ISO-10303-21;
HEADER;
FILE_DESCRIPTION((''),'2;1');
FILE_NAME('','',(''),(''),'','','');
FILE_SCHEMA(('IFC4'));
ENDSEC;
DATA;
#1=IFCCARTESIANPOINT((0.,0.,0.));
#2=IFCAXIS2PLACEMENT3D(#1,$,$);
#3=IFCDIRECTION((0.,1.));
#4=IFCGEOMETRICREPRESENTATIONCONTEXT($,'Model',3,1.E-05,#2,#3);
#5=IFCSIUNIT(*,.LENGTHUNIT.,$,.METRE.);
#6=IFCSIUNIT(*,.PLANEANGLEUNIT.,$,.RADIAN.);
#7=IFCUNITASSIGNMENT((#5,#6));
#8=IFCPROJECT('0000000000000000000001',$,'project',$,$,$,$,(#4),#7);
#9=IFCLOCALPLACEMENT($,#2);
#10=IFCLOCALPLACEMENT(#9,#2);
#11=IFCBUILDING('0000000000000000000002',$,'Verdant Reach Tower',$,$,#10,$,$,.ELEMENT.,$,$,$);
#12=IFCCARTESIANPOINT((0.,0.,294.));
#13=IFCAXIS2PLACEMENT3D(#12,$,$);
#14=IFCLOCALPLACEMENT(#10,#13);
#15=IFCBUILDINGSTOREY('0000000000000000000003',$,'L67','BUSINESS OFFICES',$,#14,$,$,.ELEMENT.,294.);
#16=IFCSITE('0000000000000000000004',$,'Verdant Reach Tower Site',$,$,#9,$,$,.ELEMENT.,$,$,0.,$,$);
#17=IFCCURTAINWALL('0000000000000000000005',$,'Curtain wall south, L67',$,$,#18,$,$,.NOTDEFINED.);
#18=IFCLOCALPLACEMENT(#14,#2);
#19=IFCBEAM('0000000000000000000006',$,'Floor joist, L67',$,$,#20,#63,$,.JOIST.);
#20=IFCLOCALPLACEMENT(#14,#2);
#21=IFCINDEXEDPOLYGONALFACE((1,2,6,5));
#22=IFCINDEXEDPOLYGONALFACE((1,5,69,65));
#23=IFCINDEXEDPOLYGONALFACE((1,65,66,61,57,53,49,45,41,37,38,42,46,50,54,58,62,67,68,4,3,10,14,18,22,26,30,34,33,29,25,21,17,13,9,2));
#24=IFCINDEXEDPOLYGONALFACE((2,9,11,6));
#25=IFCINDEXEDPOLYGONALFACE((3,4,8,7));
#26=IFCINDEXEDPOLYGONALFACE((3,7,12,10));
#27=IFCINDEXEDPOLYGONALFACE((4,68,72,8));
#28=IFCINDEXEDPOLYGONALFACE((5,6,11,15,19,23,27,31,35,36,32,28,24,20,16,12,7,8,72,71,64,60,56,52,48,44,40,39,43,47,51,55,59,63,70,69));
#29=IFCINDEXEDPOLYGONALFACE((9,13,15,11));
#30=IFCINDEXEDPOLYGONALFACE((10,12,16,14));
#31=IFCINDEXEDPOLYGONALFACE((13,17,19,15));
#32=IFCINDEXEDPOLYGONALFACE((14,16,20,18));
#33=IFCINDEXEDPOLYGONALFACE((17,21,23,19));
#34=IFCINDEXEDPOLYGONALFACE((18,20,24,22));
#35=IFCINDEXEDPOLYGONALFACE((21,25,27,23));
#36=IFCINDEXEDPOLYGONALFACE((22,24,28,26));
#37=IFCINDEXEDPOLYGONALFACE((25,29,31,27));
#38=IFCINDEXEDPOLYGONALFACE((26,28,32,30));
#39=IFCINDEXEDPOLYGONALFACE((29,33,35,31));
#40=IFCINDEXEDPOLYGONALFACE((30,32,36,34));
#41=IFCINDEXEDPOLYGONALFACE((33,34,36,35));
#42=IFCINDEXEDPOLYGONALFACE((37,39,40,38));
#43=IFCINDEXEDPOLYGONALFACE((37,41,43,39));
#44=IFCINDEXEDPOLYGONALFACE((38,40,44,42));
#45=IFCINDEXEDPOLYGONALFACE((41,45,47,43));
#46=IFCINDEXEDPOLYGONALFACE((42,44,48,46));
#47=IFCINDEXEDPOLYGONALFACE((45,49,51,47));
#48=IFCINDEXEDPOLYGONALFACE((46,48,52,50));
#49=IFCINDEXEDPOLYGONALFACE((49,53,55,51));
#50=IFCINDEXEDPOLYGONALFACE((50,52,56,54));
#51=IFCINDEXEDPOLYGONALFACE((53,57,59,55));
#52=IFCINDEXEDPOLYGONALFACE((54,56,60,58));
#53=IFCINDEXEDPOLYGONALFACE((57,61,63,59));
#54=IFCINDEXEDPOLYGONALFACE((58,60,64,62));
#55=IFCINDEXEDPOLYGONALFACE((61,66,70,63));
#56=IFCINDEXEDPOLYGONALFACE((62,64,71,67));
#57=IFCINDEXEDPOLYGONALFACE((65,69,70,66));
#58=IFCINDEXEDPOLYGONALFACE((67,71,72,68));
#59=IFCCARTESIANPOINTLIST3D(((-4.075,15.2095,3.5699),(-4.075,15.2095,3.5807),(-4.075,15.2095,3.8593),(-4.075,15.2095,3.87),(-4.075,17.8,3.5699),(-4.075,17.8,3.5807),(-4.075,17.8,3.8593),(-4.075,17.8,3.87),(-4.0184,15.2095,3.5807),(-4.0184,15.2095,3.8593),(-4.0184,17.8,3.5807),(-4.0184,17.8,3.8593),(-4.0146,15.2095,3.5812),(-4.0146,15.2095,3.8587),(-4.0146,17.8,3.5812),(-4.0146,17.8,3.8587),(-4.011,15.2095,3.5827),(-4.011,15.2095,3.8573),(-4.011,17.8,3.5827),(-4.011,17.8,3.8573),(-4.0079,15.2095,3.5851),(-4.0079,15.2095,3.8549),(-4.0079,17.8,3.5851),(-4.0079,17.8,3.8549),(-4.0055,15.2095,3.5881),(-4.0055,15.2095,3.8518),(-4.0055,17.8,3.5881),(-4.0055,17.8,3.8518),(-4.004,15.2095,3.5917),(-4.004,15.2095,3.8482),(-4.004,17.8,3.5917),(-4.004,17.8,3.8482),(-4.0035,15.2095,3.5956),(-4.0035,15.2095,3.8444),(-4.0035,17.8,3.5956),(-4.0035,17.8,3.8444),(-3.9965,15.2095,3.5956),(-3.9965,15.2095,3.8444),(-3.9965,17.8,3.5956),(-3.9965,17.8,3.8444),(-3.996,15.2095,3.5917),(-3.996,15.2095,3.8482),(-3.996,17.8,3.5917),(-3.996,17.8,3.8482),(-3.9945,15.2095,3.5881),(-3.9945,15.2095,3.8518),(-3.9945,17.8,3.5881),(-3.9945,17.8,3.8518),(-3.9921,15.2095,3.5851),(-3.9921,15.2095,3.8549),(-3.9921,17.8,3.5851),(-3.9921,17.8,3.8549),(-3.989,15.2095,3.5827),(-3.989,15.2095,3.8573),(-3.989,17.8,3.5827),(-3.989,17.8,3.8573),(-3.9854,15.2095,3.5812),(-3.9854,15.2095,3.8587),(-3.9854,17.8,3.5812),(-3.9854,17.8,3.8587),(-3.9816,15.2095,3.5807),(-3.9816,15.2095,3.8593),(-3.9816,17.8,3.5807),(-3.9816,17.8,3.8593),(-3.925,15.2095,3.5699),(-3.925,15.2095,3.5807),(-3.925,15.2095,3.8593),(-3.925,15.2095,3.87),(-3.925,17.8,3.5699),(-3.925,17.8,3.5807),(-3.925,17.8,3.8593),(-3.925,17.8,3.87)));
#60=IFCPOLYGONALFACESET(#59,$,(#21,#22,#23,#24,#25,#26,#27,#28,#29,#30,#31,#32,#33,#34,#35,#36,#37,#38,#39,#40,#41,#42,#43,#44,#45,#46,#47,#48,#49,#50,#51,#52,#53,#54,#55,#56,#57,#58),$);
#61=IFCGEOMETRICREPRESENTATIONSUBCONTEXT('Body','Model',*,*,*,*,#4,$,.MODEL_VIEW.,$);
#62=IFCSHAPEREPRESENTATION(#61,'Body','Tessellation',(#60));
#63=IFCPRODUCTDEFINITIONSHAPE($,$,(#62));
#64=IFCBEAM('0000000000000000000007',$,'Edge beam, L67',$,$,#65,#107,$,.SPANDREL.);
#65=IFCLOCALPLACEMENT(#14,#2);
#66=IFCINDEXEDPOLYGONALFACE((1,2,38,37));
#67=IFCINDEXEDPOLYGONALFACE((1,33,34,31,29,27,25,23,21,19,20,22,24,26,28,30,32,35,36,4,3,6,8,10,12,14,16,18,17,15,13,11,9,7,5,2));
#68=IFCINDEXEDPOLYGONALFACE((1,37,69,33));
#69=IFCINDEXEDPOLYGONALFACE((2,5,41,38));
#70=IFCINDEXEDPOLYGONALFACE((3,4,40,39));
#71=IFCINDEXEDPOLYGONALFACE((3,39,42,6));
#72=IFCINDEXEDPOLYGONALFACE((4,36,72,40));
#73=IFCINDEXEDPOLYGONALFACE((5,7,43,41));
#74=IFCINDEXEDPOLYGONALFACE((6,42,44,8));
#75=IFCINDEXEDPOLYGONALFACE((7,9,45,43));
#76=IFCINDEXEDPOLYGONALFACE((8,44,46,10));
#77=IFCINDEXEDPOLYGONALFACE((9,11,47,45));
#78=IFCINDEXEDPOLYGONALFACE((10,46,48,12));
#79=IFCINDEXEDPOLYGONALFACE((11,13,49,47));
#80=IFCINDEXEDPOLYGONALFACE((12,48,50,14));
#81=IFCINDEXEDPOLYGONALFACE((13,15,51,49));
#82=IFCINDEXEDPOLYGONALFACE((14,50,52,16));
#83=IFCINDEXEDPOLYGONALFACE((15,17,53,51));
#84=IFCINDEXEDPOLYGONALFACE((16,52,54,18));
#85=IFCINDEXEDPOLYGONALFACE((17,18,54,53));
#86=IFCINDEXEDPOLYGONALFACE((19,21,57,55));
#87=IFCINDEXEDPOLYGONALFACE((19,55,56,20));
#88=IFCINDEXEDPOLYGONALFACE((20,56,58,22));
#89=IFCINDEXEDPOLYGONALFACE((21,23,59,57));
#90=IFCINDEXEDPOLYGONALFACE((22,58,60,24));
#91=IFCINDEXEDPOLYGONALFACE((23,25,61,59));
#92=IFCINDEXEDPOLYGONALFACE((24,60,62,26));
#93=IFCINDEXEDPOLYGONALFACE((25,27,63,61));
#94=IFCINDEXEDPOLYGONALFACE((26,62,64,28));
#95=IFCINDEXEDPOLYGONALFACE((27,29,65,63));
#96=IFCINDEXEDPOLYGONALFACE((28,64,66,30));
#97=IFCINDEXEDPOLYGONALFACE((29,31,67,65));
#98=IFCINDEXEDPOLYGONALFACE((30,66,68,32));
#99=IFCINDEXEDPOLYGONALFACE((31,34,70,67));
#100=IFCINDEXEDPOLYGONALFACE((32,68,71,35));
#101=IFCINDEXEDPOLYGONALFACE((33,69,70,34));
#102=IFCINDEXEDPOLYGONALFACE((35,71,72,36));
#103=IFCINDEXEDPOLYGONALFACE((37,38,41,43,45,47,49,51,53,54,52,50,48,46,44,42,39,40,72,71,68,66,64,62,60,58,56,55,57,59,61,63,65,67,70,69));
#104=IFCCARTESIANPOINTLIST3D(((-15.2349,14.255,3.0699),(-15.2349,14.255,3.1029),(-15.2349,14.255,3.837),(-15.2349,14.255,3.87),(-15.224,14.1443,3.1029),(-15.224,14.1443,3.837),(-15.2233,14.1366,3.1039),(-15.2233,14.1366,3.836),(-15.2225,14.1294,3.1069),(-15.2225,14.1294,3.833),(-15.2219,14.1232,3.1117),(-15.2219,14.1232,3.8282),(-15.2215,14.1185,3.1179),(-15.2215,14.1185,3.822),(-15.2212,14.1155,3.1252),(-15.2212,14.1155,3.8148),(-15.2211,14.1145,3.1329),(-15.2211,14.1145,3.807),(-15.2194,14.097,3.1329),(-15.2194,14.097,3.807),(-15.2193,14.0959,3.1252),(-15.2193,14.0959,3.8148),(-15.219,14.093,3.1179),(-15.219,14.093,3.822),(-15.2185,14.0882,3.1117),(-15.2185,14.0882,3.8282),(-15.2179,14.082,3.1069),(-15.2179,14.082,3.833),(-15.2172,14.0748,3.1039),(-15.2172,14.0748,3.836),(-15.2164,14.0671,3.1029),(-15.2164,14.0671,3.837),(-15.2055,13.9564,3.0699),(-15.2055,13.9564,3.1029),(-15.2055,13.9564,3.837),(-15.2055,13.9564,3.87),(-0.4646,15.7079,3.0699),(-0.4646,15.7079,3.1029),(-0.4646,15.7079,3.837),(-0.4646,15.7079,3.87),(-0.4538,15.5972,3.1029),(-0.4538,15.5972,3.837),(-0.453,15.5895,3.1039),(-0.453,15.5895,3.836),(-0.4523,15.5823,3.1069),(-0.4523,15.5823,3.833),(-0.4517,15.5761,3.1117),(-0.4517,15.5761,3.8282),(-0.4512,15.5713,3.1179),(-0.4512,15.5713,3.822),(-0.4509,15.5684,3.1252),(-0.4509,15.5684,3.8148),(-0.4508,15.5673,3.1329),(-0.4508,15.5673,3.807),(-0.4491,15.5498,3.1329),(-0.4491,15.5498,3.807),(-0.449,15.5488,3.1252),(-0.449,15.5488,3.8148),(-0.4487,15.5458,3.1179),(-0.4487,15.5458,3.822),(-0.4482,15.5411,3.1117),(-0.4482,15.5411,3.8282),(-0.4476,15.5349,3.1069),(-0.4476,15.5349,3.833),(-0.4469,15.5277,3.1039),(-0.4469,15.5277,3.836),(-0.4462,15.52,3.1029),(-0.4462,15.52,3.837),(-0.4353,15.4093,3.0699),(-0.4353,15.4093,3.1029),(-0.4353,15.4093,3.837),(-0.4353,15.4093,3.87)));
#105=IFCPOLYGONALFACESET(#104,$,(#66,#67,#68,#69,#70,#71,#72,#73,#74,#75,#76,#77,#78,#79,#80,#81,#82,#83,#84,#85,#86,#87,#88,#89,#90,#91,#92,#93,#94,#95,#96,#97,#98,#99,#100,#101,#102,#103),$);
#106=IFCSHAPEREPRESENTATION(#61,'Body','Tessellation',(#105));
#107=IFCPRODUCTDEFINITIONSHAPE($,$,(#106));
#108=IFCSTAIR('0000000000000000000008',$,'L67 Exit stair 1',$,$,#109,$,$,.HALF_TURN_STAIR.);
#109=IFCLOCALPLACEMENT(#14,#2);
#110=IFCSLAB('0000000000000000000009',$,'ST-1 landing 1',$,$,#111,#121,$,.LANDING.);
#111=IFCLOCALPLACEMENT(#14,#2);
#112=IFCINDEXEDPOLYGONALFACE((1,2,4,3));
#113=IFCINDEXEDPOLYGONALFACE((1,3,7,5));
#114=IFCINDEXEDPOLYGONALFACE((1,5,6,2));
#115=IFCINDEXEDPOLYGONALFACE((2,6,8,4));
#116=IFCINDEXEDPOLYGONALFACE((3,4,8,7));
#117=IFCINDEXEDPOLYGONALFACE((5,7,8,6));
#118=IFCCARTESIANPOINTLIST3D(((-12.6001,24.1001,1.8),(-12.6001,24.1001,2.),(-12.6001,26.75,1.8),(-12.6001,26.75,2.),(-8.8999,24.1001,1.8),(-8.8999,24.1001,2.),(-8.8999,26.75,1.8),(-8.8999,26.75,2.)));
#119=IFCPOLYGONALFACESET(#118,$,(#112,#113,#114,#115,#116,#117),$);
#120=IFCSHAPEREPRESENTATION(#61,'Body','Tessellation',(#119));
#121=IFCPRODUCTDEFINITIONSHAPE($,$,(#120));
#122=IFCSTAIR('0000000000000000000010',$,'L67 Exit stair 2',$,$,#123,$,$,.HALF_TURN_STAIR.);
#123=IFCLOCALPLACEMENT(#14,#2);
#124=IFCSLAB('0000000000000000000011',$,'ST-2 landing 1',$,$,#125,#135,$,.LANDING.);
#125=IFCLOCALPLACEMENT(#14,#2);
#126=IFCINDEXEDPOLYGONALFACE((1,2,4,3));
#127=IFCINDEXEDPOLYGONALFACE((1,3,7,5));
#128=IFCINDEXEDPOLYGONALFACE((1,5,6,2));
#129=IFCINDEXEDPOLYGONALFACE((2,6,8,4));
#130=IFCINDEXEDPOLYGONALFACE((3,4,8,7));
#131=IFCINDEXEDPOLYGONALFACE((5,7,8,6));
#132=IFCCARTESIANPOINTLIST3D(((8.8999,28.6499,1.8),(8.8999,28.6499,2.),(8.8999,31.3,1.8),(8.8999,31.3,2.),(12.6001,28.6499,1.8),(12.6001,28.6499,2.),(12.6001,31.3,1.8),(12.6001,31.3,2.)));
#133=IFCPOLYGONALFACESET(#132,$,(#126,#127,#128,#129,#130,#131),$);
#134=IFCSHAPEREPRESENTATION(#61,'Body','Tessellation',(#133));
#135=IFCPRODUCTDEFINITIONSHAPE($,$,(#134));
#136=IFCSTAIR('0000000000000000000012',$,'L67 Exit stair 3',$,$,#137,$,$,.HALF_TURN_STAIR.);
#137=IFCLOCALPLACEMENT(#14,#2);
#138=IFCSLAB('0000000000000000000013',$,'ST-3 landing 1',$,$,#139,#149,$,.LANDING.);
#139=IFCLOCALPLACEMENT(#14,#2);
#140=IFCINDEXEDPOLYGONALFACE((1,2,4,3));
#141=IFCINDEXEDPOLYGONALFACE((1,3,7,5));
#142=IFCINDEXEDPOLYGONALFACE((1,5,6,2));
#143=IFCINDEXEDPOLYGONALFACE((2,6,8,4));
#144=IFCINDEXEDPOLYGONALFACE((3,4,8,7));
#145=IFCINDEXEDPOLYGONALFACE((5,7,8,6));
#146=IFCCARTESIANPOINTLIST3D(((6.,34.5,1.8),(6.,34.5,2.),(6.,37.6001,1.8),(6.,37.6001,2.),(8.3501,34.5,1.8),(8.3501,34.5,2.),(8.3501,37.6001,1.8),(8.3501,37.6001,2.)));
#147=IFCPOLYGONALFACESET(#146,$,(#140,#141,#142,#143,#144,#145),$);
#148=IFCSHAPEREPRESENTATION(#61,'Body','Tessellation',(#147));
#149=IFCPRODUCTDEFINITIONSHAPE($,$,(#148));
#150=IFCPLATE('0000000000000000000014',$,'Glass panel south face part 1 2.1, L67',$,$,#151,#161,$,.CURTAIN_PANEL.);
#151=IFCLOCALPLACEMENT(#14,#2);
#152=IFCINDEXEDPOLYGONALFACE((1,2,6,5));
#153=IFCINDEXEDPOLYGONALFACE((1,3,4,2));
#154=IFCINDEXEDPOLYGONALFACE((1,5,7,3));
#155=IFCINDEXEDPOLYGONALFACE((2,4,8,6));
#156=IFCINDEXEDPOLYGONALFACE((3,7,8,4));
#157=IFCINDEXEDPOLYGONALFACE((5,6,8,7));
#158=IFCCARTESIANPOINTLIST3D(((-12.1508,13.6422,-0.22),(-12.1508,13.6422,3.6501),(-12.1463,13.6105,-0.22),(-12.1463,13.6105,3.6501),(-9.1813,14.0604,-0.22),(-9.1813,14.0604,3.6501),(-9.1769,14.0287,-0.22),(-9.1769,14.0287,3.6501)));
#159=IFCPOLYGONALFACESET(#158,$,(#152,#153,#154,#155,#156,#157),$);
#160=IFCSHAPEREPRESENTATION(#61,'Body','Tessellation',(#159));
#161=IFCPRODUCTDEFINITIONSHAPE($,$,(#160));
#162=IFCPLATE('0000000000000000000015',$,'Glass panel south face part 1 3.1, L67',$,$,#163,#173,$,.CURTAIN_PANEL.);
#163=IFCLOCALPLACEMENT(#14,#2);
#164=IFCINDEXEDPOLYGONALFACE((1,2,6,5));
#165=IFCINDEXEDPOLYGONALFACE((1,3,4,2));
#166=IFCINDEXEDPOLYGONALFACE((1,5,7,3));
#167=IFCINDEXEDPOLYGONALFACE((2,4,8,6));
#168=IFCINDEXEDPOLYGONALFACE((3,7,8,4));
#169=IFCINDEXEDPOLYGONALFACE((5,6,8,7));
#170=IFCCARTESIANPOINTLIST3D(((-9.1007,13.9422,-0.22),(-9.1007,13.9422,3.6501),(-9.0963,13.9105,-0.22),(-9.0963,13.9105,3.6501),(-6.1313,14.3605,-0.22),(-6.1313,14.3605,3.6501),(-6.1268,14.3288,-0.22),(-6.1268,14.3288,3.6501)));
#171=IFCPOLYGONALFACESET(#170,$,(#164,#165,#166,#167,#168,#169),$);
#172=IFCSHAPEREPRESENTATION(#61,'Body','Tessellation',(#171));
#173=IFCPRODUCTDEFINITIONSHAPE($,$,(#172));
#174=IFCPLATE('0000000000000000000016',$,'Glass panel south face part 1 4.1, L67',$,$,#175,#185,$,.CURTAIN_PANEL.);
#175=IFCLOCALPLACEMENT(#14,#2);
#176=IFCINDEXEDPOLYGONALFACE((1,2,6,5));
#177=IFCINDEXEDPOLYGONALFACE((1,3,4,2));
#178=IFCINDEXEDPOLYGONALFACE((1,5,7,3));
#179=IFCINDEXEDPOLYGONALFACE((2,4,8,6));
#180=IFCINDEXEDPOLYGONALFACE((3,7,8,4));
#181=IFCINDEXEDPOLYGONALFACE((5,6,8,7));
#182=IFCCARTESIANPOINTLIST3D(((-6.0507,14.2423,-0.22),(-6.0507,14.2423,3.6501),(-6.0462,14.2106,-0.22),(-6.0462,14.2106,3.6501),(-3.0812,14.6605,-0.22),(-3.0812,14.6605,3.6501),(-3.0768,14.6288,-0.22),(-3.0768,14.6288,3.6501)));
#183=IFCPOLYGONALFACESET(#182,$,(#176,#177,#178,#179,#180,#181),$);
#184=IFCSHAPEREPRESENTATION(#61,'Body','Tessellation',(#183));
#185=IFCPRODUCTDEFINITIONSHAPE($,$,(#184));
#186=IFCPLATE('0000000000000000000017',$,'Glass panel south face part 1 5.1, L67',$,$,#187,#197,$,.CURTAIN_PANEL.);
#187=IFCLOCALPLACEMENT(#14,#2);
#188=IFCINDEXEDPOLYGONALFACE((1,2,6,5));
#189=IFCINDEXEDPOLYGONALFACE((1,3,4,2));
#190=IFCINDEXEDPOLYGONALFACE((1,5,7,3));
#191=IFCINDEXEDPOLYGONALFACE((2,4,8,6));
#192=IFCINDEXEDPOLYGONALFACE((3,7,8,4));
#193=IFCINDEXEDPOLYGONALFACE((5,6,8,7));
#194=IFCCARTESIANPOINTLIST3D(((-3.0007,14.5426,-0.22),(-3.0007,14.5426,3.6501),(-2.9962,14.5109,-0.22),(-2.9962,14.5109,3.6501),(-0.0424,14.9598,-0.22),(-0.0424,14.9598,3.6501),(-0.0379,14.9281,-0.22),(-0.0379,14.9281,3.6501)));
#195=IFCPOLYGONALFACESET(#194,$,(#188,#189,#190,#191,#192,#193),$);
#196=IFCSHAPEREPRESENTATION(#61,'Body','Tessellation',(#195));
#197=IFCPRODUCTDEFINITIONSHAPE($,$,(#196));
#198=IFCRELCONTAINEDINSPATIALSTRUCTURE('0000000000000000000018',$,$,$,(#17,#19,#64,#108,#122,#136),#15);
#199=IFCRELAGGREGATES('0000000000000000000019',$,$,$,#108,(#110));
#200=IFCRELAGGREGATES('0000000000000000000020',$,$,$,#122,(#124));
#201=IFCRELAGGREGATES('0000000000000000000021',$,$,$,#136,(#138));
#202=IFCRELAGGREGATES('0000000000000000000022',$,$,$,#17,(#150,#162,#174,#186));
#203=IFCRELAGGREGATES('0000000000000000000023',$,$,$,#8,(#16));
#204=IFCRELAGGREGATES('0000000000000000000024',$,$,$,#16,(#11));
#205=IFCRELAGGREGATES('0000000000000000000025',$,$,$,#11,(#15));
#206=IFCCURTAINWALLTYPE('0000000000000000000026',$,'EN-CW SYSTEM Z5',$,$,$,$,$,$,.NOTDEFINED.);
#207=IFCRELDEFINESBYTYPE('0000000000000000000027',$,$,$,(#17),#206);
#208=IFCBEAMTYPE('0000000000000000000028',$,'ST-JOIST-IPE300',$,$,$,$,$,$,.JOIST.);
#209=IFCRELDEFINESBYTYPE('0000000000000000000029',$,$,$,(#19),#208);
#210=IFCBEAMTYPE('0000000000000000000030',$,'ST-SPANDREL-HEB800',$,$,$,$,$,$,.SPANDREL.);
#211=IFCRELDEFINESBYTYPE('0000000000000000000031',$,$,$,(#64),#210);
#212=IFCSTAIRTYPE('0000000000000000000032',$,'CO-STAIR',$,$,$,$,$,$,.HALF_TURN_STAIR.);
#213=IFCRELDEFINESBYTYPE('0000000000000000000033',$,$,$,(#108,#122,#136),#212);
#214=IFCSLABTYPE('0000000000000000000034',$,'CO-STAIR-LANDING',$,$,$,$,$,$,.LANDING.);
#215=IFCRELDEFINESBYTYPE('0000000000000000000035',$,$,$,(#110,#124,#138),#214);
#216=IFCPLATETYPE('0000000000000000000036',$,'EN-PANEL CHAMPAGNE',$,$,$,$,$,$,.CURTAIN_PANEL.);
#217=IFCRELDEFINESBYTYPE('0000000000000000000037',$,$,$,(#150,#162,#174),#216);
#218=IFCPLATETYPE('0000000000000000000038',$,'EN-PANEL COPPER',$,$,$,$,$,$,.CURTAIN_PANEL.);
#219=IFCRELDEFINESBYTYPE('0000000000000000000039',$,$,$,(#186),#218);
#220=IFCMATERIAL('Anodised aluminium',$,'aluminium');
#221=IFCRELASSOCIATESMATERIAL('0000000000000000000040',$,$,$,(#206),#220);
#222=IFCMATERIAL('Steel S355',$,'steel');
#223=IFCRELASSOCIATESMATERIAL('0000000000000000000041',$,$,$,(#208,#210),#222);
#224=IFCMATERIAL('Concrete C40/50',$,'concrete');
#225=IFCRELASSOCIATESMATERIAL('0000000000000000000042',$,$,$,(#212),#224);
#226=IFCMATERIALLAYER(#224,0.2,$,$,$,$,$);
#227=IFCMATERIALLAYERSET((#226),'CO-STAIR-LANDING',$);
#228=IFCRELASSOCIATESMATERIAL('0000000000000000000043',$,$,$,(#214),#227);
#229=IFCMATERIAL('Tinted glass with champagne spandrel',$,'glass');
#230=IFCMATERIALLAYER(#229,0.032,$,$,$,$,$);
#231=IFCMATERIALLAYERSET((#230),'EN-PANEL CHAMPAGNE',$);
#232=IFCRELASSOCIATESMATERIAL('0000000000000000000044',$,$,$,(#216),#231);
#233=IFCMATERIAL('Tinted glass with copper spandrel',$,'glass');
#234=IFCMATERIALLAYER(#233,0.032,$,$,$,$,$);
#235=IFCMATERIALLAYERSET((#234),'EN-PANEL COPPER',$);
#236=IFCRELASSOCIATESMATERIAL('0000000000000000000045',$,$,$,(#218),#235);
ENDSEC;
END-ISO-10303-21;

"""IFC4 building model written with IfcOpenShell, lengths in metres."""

from ifc_helpers import new_model, si_unit, direction, frame, origin, origin_2d, place, context, subcontext, project, spatial, polyline, rectangle, i_section, outline, extrude, material, layer, layer_set, material_profile, profile_set, type_object, element, aggregate, save


model = new_model("IFC4")

# Units and contexts
model_context = context("Model", 3, precision=1e-05, world=origin(), true_north=direction((0.0, 1.0)))
body_context = subcontext(model_context, "Body", "Model", "MODEL_VIEW")
ifc_project = project(units=[si_unit("LENGTHUNIT", "METRE"), si_unit("PLANEANGLEUNIT", "RADIAN")], contexts=[model_context])

# Site, building, storey
site_placement = place(None, origin())
site = spatial("IfcSite", under=ifc_project, at=site_placement, Name="Verdant Reach Tower Site", CompositionType="ELEMENT", RefElevation=0.0)
building_placement = place(site_placement, origin())
building = spatial("IfcBuilding", under=site, at=building_placement, Name="Verdant Reach Tower", CompositionType="ELEMENT")
storey_placement = place(building_placement, frame((0.0, 0.0, 294.0)))
storey = spatial("IfcBuildingStorey", under=building, at=storey_placement, Name="L67", Description="BUSINESS OFFICES", CompositionType="ELEMENT", Elevation=294.0)

# Curtain wall
ifc_material_1 = material(Name="Anodised aluminium", Category="aluminium")
curtain_wall_type = type_object("IfcCurtainWallType", Name="EN-CW SYSTEM Z5", PredefinedType="NOTDEFINED", material=ifc_material_1)
curtain_wall_placement = place(storey_placement, origin())
curtain_wall = element("IfcCurtainWall", 1, at=curtain_wall_placement, inside=storey, type_object=curtain_wall_type, Name="Curtain wall south, L67", PredefinedType="NOTDEFINED")

# Beams
ifc_material_2 = material(Name="Steel S355", Category="steel")
ifc_material_profile_1 = material_profile(ifc_material_2, i_section(OverallWidth=0.1499, OverallDepth=0.3, WebThickness=0.0071, FlangeThickness=0.0107, FilletRadius=0.0149, at=origin_2d()), Name="IPE 300")
ifc_profile_set_1 = profile_set([ifc_material_profile_1], Name="Steel S355")
beam_type_1 = type_object("IfcBeamType", Name="ST-JOIST-IPE300", PredefinedType="JOIST", material=ifc_profile_set_1)
beam_1_placement = place(storey_placement, frame((-4.0, 17.8, 3.72), z_axis=(0.0, -1.0, 0.0), x_axis=(1.0, 0.0, 0.0)))
element("IfcBeam", 2, at=beam_1_placement, inside=storey, type_object=beam_type_1, Name="Floor joist, L67", PredefinedType="JOIST", context=body_context, shape_type="SweptSolid", body=[
    extrude(i_section(OverallWidth=0.1499, OverallDepth=0.3, WebThickness=0.0071, FlangeThickness=0.0107, FilletRadius=0.0149, at=origin_2d()), origin(), (0.0, 0.0, 1.0), 2.5906),
])
ifc_material_profile_2 = material_profile(ifc_material_2, i_section(OverallWidth=0.3, OverallDepth=0.8, WebThickness=0.0176, FlangeThickness=0.033, FilletRadius=0.03, at=origin_2d()), Name="HEB 800")
ifc_profile_set_2 = profile_set([ifc_material_profile_2], Name="Steel S355")
beam_type_2 = type_object("IfcBeamType", Name="ST-SPANDREL-HEB800", PredefinedType="SPANDREL", material=ifc_profile_set_2)
beam_2_placement = place(storey_placement, frame((-0.45, 15.5586, 3.47), z_axis=(-0.995197, -0.097893, 0.0), x_axis=(0.097893, -0.995197, 0.0)))
element("IfcBeam", 3, at=beam_2_placement, inside=storey, type_object=beam_type_2, Name="Edge beam, L67", PredefinedType="SPANDREL", context=body_context, shape_type="SweptSolid", body=[
    extrude(i_section(OverallWidth=0.3, OverallDepth=0.8, WebThickness=0.0176, FlangeThickness=0.033, FilletRadius=0.03, at=origin_2d()), origin(), (0.0, 0.0, 1.0), 14.8416),
])

# Stairs, slabs
ifc_material_3 = material(Name="Concrete C40/50", Category="concrete")
stair_type = type_object("IfcStairType", Name="CO-STAIR", PredefinedType="HALF_TURN_STAIR", material=ifc_material_3)
stair_1_placement = place(storey_placement, origin())
stair_1 = element("IfcStair", 4, at=stair_1_placement, inside=storey, type_object=stair_type, Name="L67 Exit stair 1", PredefinedType="HALF_TURN_STAIR")
ifc_layer_1 = layer(ifc_material_3, 0.2)
ifc_layer_set_1 = layer_set([ifc_layer_1], Name="CO-STAIR-LANDING")
slab_type_1 = type_object("IfcSlabType", Name="CO-STAIR-LANDING", PredefinedType="LANDING", material=ifc_layer_set_1)
slab_1_placement = place(storey_placement, frame((0.0, 0.0, 1.8)))
slab_1 = element("IfcSlab", 5, at=slab_1_placement, type_object=slab_type_1, Name="ST-1 landing 1", PredefinedType="LANDING", context=body_context, shape_type="SweptSolid", body=[
    extrude(outline(polyline([(-12.6001, 26.75), (-12.6001, 24.1001), (-8.8999, 24.1001), (-8.8999, 26.75), (-12.6001, 26.75)])), origin(), (0.0, 0.0, 1.0), 0.2),
])
aggregate(stair_1, [slab_1])
stair_2_placement = place(storey_placement, origin())
stair_2 = element("IfcStair", 6, at=stair_2_placement, inside=storey, type_object=stair_type, Name="L67 Exit stair 2", PredefinedType="HALF_TURN_STAIR")
slab_2_placement = place(storey_placement, frame((0.0, 0.0, 1.8)))
slab_2 = element("IfcSlab", 7, at=slab_2_placement, type_object=slab_type_1, Name="ST-2 landing 1", PredefinedType="LANDING", context=body_context, shape_type="SweptSolid", body=[
    extrude(outline(polyline([(12.6001, 28.6499), (12.6001, 31.3), (8.8999, 31.3), (8.8999, 28.6499), (12.6001, 28.6499)])), origin(), (0.0, 0.0, 1.0), 0.2),
])
aggregate(stair_2, [slab_2])
stair_3_placement = place(storey_placement, origin())
stair_3 = element("IfcStair", 8, at=stair_3_placement, inside=storey, type_object=stair_type, Name="L67 Exit stair 3", PredefinedType="HALF_TURN_STAIR")
slab_3_placement = place(storey_placement, frame((0.0, 0.0, 1.8)))
slab_3 = element("IfcSlab", 9, at=slab_3_placement, type_object=slab_type_1, Name="ST-3 landing 1", PredefinedType="LANDING", context=body_context, shape_type="SweptSolid", body=[
    extrude(outline(polyline([(8.3501, 37.6001), (6.0, 37.6001), (6.0, 34.5), (8.3501, 34.5), (8.3501, 37.6001)])), origin(), (0.0, 0.0, 1.0), 0.2),
])
aggregate(stair_3, [slab_3])

# Plates
ifc_material_4 = material(Name="Tinted glass with champagne spandrel", Category="glass")
ifc_layer_2 = layer(ifc_material_4, 0.032)
ifc_layer_set_2 = layer_set([ifc_layer_2], Name="EN-PANEL CHAMPAGNE")
plate_type_1 = type_object("IfcPlateType", Name="EN-PANEL CHAMPAGNE", PredefinedType="CURTAIN_PANEL", material=ifc_layer_set_2)
plate_1_placement = place(storey_placement, frame((-10.6638, 13.8354, -0.22), z_axis=(0.0, 0.0, 1.0), x_axis=(0.990225, 0.139477, 0.0)))
plate_1 = element("IfcPlate", 10, at=plate_1_placement, type_object=plate_type_1, Name="Glass panel south face part 1 2.1, L67", PredefinedType="CURTAIN_PANEL", context=body_context, shape_type="SweptSolid", body=[
    extrude(rectangle(XDim=2.9988, YDim=0.032, at=origin_2d()), origin(), (0.0, 0.0, 1.0), 3.8701),
])
plate_2_placement = place(storey_placement, frame((-7.6138, 14.1355, -0.22), z_axis=(0.0, 0.0, 1.0), x_axis=(0.990225, 0.139477, 0.0)))
plate_2 = element("IfcPlate", 11, at=plate_2_placement, type_object=plate_type_1, Name="Glass panel south face part 1 3.1, L67", PredefinedType="CURTAIN_PANEL", context=body_context, shape_type="SweptSolid", body=[
    extrude(rectangle(XDim=2.9988, YDim=0.032, at=origin_2d()), origin(), (0.0, 0.0, 1.0), 3.8701),
])
plate_3_placement = place(storey_placement, frame((-4.5637, 14.4355, -0.22), z_axis=(0.0, 0.0, 1.0), x_axis=(0.990225, 0.139477, 0.0)))
plate_3 = element("IfcPlate", 12, at=plate_3_placement, type_object=plate_type_1, Name="Glass panel south face part 1 4.1, L67", PredefinedType="CURTAIN_PANEL", context=body_context, shape_type="SweptSolid", body=[
    extrude(rectangle(XDim=2.9988, YDim=0.032, at=origin_2d()), origin(), (0.0, 0.0, 1.0), 3.8701),
])
ifc_material_5 = material(Name="Tinted glass with copper spandrel", Category="glass")
ifc_layer_3 = layer(ifc_material_5, 0.032)
ifc_layer_set_3 = layer_set([ifc_layer_3], Name="EN-PANEL COPPER")
plate_type_2 = type_object("IfcPlateType", Name="EN-PANEL COPPER", PredefinedType="CURTAIN_PANEL", material=ifc_layer_set_3)
plate_4_placement = place(storey_placement, frame((-1.5193, 14.7354, -0.22), z_axis=(0.0, 0.0, 1.0), x_axis=(0.9902, 0.139656, 0.0)))
plate_4 = element("IfcPlate", 13, at=plate_4_placement, type_object=plate_type_2, Name="Glass panel south face part 1 5.1, L67", PredefinedType="CURTAIN_PANEL", context=body_context, shape_type="SweptSolid", body=[
    extrude(rectangle(XDim=2.9875, YDim=0.032, at=origin_2d()), origin(), (0.0, 0.0, 1.0), 3.8701),
])
aggregate(curtain_wall, [plate_1, plate_2, plate_3, plate_4])

save(model, "model.ifc")
